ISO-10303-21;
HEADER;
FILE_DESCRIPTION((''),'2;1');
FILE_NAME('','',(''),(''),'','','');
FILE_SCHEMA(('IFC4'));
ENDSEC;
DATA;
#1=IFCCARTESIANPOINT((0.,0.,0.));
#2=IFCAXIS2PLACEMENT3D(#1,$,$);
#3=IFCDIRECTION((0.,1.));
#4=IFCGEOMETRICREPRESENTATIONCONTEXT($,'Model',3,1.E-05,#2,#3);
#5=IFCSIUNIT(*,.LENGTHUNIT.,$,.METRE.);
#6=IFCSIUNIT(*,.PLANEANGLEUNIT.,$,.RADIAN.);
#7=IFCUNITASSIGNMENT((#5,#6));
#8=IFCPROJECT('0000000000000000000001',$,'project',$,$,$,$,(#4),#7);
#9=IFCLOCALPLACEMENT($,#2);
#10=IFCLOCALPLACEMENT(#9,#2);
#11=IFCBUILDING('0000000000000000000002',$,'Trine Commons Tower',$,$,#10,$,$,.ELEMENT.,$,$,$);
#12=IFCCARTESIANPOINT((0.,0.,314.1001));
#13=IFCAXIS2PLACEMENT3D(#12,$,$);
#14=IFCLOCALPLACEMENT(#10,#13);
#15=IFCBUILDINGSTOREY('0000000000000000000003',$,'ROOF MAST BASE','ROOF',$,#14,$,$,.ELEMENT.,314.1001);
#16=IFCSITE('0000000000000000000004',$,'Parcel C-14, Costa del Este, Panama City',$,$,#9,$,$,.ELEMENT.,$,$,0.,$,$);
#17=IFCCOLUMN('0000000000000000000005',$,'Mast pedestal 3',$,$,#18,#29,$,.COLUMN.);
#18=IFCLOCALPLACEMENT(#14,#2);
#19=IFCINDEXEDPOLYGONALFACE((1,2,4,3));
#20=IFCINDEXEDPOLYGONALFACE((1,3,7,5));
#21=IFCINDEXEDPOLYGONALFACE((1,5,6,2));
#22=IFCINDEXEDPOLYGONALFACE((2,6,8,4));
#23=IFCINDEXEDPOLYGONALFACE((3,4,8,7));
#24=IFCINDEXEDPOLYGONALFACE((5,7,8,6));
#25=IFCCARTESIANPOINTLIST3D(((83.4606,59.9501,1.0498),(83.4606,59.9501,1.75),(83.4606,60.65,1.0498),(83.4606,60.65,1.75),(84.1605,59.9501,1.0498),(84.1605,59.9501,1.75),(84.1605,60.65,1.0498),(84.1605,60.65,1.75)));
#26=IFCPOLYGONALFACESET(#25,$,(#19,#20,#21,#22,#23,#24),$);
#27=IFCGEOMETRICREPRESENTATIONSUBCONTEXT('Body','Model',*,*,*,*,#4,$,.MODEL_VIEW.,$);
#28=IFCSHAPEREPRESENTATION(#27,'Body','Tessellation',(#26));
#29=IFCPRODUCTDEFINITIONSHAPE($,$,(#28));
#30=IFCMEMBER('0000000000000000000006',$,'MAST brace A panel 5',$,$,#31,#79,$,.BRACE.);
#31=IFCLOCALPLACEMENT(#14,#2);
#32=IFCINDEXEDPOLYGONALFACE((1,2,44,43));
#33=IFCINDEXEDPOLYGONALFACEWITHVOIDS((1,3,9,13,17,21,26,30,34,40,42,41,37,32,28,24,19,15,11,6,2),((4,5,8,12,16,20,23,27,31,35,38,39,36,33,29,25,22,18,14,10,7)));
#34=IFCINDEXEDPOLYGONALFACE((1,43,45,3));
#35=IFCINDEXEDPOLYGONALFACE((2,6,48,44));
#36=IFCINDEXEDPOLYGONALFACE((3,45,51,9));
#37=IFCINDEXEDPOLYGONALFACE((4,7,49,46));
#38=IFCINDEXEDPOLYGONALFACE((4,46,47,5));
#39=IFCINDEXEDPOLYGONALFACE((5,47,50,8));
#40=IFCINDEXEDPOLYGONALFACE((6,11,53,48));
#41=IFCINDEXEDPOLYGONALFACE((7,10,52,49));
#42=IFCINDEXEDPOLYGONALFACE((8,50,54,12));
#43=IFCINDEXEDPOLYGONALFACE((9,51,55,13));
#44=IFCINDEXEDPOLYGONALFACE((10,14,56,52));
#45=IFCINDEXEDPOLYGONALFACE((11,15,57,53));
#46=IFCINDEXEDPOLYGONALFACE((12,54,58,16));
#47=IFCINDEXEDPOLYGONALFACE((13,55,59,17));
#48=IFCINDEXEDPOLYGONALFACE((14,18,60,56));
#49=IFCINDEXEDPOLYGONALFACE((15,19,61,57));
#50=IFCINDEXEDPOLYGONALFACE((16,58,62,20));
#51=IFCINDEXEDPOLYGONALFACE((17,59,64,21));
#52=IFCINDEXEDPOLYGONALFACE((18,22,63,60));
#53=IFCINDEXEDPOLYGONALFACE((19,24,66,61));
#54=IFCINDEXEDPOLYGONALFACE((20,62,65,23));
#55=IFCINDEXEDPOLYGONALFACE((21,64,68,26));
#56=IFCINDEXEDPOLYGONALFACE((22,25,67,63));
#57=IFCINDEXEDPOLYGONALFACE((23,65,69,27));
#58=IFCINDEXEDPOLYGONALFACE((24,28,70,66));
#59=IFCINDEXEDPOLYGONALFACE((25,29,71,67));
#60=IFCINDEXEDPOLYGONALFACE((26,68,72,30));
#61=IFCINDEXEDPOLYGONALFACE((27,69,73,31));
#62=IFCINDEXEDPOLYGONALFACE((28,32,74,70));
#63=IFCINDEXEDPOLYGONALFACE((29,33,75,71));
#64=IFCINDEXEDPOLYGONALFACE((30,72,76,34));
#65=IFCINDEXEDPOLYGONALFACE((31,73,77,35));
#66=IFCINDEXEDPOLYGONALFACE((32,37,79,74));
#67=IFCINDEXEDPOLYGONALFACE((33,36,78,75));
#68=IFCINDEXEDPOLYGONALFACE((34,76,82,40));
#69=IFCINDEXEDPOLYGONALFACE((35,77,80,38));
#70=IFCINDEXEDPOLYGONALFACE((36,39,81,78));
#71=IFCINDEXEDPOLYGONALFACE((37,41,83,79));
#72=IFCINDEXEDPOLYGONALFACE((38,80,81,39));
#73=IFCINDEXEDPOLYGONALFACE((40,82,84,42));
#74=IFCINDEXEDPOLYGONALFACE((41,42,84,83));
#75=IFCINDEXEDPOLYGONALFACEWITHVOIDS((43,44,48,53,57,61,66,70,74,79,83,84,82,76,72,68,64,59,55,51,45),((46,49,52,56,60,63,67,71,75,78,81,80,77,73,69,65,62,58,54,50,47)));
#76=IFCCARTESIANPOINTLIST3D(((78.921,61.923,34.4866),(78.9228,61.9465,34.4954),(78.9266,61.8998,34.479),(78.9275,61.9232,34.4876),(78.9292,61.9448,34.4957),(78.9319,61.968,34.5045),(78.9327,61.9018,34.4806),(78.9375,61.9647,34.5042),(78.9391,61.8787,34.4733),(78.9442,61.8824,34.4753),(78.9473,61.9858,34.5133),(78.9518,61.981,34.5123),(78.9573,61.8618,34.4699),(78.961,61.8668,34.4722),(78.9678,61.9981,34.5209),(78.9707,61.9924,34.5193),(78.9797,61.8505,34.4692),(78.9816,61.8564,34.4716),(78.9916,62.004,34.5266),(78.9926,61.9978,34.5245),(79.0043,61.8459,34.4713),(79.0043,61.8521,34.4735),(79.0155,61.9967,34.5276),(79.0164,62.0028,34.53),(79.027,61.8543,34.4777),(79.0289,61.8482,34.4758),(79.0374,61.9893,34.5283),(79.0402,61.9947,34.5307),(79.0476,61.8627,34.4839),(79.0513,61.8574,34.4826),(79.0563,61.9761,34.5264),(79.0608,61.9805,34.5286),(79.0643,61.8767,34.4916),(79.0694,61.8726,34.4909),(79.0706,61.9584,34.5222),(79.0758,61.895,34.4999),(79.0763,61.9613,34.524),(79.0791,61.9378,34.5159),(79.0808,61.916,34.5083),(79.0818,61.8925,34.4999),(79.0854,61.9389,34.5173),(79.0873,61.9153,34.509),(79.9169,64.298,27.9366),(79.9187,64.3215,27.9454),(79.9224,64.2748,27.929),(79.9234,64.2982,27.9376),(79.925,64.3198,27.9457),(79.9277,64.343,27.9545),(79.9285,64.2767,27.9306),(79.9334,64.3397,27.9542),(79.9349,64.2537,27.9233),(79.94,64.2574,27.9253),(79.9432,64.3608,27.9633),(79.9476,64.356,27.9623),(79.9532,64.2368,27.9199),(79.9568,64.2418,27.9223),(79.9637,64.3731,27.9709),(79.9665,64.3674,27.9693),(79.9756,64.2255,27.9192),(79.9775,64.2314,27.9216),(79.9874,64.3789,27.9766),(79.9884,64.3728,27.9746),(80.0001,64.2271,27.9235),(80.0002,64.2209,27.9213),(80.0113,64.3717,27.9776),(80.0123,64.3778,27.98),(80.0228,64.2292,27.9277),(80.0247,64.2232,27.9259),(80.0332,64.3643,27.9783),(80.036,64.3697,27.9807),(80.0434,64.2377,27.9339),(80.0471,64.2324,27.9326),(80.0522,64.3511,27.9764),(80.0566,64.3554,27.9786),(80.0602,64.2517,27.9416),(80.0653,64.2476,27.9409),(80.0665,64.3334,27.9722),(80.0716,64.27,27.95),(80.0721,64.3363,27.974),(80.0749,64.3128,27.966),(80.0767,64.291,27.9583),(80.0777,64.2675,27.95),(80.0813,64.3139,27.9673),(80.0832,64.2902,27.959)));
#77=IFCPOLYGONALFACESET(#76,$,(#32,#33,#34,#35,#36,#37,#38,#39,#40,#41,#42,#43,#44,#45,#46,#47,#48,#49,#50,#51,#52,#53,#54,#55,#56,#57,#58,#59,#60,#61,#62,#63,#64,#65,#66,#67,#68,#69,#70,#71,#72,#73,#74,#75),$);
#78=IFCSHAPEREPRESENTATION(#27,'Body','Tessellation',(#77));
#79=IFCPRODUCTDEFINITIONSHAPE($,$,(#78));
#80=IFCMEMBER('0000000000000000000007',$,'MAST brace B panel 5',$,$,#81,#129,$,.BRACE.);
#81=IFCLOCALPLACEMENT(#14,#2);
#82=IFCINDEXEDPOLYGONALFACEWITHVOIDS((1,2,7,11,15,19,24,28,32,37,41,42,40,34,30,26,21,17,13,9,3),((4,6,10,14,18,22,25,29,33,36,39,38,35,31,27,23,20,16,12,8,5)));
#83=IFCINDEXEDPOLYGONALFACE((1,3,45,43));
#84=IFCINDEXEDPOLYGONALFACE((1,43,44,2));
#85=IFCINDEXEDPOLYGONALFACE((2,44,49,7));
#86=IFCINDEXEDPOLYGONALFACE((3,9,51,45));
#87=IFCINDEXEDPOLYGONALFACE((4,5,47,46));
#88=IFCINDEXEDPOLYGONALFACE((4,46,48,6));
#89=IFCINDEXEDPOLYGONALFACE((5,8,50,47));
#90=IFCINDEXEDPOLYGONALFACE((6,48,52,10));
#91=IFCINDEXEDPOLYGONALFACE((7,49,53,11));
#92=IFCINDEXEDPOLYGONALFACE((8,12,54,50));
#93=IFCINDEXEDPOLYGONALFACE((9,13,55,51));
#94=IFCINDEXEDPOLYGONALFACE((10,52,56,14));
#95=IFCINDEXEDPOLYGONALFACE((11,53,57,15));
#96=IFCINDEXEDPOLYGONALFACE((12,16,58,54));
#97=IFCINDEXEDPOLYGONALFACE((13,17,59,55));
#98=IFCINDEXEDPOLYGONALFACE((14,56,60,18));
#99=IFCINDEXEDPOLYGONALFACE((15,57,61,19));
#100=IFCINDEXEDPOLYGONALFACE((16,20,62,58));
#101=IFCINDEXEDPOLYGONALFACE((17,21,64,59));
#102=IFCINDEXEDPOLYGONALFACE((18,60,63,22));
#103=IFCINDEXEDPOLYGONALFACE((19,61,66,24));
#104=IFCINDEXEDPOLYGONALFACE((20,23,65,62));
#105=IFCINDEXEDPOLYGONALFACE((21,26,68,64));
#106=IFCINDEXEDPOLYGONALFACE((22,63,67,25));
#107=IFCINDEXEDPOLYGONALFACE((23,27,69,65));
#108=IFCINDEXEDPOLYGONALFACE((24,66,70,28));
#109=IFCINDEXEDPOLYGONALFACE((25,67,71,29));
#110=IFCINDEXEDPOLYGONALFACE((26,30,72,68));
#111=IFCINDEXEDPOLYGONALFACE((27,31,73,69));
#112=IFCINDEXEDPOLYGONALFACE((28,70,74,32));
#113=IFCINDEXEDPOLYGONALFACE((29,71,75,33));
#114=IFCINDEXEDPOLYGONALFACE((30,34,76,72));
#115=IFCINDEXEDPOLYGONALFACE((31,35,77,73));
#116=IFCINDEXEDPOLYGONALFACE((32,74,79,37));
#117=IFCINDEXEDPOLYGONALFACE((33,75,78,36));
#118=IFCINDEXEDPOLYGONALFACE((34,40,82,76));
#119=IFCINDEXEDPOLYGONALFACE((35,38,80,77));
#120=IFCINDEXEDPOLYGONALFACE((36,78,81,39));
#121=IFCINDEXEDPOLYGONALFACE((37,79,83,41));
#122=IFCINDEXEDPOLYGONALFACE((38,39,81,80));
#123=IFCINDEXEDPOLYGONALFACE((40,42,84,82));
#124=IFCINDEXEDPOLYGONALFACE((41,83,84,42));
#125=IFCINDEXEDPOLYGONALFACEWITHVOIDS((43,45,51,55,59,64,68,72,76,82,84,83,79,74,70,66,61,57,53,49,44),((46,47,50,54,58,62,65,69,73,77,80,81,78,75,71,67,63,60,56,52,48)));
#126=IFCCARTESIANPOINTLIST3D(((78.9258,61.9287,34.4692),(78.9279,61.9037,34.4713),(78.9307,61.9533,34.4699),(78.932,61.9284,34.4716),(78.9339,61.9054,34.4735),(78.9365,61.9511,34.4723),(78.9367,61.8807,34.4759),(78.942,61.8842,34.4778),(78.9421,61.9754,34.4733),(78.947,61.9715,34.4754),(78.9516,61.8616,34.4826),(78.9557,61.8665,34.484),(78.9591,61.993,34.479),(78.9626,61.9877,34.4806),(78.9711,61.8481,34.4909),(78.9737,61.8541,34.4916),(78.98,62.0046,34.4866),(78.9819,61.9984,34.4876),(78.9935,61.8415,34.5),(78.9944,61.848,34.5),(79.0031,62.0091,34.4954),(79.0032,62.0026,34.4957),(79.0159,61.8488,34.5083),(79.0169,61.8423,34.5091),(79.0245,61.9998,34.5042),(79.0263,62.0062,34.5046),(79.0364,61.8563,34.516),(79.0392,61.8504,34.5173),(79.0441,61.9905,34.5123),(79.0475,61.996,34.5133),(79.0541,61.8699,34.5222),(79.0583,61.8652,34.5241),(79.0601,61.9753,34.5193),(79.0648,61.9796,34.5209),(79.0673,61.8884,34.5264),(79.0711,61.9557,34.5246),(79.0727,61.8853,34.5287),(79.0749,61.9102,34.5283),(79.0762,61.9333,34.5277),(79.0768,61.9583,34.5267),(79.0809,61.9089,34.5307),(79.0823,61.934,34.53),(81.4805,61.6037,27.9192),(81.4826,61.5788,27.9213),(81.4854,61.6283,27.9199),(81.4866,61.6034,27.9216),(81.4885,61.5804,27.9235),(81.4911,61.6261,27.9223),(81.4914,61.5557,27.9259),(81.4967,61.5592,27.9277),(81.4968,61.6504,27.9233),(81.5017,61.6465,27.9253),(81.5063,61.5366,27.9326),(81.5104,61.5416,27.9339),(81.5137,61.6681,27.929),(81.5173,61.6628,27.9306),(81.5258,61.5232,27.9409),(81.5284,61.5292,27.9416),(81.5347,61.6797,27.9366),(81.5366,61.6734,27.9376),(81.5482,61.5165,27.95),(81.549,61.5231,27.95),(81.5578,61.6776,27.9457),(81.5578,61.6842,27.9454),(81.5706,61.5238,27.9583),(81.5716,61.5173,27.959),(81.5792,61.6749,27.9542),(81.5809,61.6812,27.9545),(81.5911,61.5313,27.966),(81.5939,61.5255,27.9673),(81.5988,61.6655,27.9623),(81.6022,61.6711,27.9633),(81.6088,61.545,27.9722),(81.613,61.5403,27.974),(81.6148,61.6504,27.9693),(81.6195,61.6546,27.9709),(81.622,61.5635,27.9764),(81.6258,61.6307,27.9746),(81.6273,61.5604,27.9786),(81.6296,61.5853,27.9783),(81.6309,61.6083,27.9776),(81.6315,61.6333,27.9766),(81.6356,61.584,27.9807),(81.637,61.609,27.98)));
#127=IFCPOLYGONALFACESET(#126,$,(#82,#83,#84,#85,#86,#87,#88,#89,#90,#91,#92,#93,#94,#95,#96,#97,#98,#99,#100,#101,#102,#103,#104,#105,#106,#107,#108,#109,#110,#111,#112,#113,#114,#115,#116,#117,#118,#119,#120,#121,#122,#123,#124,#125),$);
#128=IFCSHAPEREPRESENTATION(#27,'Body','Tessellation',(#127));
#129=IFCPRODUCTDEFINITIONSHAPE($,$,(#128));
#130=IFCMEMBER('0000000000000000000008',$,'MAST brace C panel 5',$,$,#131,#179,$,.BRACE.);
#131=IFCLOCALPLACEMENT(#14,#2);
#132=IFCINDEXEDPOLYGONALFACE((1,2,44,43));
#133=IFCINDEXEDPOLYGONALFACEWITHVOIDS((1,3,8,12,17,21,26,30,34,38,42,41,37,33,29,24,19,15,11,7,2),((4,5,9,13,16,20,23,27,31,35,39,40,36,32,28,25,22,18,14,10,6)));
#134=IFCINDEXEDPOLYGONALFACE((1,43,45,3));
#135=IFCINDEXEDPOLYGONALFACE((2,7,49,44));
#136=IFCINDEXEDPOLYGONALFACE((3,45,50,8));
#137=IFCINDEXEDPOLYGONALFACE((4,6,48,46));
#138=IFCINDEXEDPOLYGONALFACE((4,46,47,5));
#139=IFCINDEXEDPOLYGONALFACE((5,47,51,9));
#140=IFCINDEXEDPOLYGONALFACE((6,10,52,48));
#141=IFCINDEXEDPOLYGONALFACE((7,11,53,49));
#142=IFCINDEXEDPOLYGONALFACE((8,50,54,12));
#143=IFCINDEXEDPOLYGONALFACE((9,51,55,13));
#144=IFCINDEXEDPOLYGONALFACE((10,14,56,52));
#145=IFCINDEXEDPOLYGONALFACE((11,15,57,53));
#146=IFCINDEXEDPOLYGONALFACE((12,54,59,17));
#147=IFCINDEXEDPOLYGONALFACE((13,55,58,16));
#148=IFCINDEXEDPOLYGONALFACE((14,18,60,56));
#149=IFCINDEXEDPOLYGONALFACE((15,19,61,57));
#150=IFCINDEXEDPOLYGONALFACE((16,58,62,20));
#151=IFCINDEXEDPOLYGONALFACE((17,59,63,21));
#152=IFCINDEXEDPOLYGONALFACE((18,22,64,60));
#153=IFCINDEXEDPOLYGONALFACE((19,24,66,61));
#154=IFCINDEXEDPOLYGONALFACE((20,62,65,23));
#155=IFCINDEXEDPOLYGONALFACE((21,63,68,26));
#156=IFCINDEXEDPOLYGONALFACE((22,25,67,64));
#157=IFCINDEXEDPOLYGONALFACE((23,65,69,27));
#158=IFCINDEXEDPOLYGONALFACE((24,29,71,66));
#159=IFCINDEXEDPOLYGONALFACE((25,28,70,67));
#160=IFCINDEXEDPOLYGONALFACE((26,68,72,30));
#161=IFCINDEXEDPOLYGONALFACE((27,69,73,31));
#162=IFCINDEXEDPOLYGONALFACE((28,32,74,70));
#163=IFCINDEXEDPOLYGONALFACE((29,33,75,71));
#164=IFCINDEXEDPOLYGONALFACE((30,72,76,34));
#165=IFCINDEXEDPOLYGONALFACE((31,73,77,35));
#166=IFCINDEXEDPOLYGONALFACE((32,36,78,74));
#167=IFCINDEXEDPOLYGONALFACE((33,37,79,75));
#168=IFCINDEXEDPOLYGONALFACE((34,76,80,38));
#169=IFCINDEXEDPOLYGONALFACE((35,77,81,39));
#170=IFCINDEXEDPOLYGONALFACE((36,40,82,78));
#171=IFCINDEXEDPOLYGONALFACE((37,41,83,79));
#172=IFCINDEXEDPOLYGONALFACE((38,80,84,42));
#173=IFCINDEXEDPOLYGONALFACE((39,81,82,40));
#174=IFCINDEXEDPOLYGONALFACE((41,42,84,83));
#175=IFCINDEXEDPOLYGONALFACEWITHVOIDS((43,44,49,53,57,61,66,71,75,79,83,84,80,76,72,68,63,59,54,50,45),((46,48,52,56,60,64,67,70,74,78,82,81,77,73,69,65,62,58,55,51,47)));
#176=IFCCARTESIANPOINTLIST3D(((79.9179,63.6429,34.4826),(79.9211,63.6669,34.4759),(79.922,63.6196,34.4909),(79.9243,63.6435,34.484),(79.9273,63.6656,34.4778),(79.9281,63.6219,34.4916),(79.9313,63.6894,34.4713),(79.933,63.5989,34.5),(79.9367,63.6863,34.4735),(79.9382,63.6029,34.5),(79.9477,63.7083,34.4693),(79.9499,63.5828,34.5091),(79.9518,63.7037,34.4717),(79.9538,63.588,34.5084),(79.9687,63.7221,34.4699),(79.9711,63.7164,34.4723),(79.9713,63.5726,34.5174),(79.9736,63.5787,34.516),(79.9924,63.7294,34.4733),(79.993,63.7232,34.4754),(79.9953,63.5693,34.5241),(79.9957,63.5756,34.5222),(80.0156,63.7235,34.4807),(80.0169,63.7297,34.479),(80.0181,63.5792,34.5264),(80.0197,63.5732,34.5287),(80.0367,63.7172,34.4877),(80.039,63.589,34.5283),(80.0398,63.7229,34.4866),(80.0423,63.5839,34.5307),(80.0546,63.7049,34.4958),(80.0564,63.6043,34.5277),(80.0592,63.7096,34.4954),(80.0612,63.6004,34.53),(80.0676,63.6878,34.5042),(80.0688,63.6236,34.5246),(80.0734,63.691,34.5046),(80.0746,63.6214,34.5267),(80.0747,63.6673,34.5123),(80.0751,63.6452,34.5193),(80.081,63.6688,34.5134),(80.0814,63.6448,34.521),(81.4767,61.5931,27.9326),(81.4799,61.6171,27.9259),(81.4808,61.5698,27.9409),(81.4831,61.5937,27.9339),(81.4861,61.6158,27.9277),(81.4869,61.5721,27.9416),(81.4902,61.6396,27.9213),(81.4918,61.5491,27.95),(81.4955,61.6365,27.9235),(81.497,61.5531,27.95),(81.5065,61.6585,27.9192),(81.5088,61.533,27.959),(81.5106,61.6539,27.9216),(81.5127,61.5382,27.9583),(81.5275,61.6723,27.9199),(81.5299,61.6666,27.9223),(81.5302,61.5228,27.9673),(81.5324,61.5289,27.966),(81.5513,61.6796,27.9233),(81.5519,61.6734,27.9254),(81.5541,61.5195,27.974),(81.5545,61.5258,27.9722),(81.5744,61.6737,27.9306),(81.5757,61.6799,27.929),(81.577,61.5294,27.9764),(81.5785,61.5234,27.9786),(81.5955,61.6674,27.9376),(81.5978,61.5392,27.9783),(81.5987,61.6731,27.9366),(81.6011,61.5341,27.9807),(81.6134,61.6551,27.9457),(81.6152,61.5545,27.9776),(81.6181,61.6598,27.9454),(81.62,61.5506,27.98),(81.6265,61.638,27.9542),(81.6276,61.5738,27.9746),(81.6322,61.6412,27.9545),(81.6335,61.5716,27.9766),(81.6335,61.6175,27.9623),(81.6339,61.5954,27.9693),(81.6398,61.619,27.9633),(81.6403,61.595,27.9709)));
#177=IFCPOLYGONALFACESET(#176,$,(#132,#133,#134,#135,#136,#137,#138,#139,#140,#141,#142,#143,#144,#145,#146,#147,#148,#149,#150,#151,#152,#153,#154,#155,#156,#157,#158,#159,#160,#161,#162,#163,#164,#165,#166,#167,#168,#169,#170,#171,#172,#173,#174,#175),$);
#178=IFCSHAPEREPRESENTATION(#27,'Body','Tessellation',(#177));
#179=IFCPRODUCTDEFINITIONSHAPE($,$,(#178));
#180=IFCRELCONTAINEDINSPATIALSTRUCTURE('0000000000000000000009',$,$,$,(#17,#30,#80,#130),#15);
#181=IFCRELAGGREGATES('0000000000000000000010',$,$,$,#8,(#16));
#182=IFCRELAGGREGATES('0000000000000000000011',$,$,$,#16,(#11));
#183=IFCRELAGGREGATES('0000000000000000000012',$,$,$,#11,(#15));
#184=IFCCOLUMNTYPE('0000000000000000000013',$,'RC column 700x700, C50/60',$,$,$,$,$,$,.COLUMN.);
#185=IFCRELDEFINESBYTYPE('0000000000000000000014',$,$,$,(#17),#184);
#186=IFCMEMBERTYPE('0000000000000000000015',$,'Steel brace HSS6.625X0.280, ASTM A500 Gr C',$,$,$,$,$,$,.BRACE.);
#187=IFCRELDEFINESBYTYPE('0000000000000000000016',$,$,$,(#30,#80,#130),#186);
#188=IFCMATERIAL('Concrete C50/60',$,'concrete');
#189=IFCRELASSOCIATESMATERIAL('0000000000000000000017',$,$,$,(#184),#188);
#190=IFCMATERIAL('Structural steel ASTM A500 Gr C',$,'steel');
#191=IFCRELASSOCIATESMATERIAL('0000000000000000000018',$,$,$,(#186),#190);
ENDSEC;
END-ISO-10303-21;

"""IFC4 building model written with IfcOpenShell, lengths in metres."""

from ifc_helpers import new_model, si_unit, direction, frame, origin, origin_2d, place, context, subcontext, project, spatial, rectangle, hollow_circle, extrude, material, material_profile, profile_set, type_object, element, save


model = new_model("IFC4")

# Units and contexts
model_context = context("Model", 3, precision=1e-05, world=origin(), true_north=direction((0.0, 1.0)))
body_context = subcontext(model_context, "Body", "Model", "MODEL_VIEW")
ifc_project = project(units=[si_unit("LENGTHUNIT", "METRE"), si_unit("PLANEANGLEUNIT", "RADIAN")], contexts=[model_context])

# Site, building, storey
site_placement = place(None, origin())
site = spatial("IfcSite", under=ifc_project, at=site_placement, Name="Parcel C-14, Costa del Este, Panama City", CompositionType="ELEMENT", RefElevation=0.0)
building_placement = place(site_placement, origin())
building = spatial("IfcBuilding", under=site, at=building_placement, Name="Trine Commons Tower", CompositionType="ELEMENT")
storey_placement = place(building_placement, frame((0.0, 0.0, 314.1001)))
storey = spatial("IfcBuildingStorey", under=building, at=storey_placement, Name="ROOF MAST BASE", Description="ROOF", CompositionType="ELEMENT", Elevation=314.1001)

# Column
ifc_material_1 = material(Name="Concrete C50/60", Category="concrete")
ifc_material_profile_1 = material_profile(ifc_material_1, rectangle(XDim=0.7, YDim=0.7, at=origin_2d()), Name="RC 700x700")
ifc_profile_set_1 = profile_set([ifc_material_profile_1], Name="Concrete C50/60")
column_type = type_object("IfcColumnType", Name="RC column 700x700, C50/60", PredefinedType="COLUMN", material=ifc_profile_set_1)
column_placement = place(storey_placement, frame((83.8105, 60.3, 1.0498), z_axis=(0.0, 0.0, 1.0), x_axis=(1.0, 0.0, 0.0)))
element("IfcColumn", 1, at=column_placement, inside=storey, type_object=column_type, Name="Mast pedestal 3", PredefinedType="COLUMN", context=body_context, shape_type="SweptSolid", body=[
    extrude(rectangle(XDim=0.7, YDim=0.7, at=origin_2d()), origin(), (0.0, 0.0, 1.0), 0.7002),
])

# Members
ifc_material_2 = material(Name="Structural steel ASTM A500 Gr C", Category="steel")
ifc_material_profile_2 = material_profile(ifc_material_2, hollow_circle(Radius=0.0842, WallThickness=0.0066, at=origin_2d()), Name="HSS6.625X0.280")
ifc_profile_set_2 = profile_set([ifc_material_profile_2], Name="Structural steel ASTM A500 Gr C")
member_type_1 = type_object("IfcMemberType", Name="Steel brace HSS6.625X0.280, ASTM A500 Gr C", PredefinedType="BRACE", material=ifc_profile_set_2)
for number, where, z_axis, x_axis, name in (
    (2, (80.0, 64.3, 27.95), (-0.141493, -0.337447, 0.93065), (0.922211, -0.386688, 0.0), "MAST brace A panel 5"),
    (3, (81.5588, 61.6001, 27.95), (-0.362979, 0.04617, 0.930653), (-0.126181, -0.992007, 0.0), "MAST brace B panel 5"),
    (4, (81.5588, 61.6001, 27.95), (-0.221486, 0.291244, 0.930656), (-0.795978, -0.605326, 0.0), "MAST brace C panel 5"),
):
    element("IfcMember", number, at=place(storey_placement, frame(where, z_axis=z_axis, x_axis=x_axis)), inside=storey, type_object=member_type_1, Name=name, PredefinedType="BRACE", context=body_context, shape_type="SweptSolid", body=[
        extrude(hollow_circle(Radius=0.0842, WallThickness=0.0066, at=origin_2d()), origin(), (0.0, 0.0, 1.0), 7.0381),
    ])

save(model, "model.ifc")
